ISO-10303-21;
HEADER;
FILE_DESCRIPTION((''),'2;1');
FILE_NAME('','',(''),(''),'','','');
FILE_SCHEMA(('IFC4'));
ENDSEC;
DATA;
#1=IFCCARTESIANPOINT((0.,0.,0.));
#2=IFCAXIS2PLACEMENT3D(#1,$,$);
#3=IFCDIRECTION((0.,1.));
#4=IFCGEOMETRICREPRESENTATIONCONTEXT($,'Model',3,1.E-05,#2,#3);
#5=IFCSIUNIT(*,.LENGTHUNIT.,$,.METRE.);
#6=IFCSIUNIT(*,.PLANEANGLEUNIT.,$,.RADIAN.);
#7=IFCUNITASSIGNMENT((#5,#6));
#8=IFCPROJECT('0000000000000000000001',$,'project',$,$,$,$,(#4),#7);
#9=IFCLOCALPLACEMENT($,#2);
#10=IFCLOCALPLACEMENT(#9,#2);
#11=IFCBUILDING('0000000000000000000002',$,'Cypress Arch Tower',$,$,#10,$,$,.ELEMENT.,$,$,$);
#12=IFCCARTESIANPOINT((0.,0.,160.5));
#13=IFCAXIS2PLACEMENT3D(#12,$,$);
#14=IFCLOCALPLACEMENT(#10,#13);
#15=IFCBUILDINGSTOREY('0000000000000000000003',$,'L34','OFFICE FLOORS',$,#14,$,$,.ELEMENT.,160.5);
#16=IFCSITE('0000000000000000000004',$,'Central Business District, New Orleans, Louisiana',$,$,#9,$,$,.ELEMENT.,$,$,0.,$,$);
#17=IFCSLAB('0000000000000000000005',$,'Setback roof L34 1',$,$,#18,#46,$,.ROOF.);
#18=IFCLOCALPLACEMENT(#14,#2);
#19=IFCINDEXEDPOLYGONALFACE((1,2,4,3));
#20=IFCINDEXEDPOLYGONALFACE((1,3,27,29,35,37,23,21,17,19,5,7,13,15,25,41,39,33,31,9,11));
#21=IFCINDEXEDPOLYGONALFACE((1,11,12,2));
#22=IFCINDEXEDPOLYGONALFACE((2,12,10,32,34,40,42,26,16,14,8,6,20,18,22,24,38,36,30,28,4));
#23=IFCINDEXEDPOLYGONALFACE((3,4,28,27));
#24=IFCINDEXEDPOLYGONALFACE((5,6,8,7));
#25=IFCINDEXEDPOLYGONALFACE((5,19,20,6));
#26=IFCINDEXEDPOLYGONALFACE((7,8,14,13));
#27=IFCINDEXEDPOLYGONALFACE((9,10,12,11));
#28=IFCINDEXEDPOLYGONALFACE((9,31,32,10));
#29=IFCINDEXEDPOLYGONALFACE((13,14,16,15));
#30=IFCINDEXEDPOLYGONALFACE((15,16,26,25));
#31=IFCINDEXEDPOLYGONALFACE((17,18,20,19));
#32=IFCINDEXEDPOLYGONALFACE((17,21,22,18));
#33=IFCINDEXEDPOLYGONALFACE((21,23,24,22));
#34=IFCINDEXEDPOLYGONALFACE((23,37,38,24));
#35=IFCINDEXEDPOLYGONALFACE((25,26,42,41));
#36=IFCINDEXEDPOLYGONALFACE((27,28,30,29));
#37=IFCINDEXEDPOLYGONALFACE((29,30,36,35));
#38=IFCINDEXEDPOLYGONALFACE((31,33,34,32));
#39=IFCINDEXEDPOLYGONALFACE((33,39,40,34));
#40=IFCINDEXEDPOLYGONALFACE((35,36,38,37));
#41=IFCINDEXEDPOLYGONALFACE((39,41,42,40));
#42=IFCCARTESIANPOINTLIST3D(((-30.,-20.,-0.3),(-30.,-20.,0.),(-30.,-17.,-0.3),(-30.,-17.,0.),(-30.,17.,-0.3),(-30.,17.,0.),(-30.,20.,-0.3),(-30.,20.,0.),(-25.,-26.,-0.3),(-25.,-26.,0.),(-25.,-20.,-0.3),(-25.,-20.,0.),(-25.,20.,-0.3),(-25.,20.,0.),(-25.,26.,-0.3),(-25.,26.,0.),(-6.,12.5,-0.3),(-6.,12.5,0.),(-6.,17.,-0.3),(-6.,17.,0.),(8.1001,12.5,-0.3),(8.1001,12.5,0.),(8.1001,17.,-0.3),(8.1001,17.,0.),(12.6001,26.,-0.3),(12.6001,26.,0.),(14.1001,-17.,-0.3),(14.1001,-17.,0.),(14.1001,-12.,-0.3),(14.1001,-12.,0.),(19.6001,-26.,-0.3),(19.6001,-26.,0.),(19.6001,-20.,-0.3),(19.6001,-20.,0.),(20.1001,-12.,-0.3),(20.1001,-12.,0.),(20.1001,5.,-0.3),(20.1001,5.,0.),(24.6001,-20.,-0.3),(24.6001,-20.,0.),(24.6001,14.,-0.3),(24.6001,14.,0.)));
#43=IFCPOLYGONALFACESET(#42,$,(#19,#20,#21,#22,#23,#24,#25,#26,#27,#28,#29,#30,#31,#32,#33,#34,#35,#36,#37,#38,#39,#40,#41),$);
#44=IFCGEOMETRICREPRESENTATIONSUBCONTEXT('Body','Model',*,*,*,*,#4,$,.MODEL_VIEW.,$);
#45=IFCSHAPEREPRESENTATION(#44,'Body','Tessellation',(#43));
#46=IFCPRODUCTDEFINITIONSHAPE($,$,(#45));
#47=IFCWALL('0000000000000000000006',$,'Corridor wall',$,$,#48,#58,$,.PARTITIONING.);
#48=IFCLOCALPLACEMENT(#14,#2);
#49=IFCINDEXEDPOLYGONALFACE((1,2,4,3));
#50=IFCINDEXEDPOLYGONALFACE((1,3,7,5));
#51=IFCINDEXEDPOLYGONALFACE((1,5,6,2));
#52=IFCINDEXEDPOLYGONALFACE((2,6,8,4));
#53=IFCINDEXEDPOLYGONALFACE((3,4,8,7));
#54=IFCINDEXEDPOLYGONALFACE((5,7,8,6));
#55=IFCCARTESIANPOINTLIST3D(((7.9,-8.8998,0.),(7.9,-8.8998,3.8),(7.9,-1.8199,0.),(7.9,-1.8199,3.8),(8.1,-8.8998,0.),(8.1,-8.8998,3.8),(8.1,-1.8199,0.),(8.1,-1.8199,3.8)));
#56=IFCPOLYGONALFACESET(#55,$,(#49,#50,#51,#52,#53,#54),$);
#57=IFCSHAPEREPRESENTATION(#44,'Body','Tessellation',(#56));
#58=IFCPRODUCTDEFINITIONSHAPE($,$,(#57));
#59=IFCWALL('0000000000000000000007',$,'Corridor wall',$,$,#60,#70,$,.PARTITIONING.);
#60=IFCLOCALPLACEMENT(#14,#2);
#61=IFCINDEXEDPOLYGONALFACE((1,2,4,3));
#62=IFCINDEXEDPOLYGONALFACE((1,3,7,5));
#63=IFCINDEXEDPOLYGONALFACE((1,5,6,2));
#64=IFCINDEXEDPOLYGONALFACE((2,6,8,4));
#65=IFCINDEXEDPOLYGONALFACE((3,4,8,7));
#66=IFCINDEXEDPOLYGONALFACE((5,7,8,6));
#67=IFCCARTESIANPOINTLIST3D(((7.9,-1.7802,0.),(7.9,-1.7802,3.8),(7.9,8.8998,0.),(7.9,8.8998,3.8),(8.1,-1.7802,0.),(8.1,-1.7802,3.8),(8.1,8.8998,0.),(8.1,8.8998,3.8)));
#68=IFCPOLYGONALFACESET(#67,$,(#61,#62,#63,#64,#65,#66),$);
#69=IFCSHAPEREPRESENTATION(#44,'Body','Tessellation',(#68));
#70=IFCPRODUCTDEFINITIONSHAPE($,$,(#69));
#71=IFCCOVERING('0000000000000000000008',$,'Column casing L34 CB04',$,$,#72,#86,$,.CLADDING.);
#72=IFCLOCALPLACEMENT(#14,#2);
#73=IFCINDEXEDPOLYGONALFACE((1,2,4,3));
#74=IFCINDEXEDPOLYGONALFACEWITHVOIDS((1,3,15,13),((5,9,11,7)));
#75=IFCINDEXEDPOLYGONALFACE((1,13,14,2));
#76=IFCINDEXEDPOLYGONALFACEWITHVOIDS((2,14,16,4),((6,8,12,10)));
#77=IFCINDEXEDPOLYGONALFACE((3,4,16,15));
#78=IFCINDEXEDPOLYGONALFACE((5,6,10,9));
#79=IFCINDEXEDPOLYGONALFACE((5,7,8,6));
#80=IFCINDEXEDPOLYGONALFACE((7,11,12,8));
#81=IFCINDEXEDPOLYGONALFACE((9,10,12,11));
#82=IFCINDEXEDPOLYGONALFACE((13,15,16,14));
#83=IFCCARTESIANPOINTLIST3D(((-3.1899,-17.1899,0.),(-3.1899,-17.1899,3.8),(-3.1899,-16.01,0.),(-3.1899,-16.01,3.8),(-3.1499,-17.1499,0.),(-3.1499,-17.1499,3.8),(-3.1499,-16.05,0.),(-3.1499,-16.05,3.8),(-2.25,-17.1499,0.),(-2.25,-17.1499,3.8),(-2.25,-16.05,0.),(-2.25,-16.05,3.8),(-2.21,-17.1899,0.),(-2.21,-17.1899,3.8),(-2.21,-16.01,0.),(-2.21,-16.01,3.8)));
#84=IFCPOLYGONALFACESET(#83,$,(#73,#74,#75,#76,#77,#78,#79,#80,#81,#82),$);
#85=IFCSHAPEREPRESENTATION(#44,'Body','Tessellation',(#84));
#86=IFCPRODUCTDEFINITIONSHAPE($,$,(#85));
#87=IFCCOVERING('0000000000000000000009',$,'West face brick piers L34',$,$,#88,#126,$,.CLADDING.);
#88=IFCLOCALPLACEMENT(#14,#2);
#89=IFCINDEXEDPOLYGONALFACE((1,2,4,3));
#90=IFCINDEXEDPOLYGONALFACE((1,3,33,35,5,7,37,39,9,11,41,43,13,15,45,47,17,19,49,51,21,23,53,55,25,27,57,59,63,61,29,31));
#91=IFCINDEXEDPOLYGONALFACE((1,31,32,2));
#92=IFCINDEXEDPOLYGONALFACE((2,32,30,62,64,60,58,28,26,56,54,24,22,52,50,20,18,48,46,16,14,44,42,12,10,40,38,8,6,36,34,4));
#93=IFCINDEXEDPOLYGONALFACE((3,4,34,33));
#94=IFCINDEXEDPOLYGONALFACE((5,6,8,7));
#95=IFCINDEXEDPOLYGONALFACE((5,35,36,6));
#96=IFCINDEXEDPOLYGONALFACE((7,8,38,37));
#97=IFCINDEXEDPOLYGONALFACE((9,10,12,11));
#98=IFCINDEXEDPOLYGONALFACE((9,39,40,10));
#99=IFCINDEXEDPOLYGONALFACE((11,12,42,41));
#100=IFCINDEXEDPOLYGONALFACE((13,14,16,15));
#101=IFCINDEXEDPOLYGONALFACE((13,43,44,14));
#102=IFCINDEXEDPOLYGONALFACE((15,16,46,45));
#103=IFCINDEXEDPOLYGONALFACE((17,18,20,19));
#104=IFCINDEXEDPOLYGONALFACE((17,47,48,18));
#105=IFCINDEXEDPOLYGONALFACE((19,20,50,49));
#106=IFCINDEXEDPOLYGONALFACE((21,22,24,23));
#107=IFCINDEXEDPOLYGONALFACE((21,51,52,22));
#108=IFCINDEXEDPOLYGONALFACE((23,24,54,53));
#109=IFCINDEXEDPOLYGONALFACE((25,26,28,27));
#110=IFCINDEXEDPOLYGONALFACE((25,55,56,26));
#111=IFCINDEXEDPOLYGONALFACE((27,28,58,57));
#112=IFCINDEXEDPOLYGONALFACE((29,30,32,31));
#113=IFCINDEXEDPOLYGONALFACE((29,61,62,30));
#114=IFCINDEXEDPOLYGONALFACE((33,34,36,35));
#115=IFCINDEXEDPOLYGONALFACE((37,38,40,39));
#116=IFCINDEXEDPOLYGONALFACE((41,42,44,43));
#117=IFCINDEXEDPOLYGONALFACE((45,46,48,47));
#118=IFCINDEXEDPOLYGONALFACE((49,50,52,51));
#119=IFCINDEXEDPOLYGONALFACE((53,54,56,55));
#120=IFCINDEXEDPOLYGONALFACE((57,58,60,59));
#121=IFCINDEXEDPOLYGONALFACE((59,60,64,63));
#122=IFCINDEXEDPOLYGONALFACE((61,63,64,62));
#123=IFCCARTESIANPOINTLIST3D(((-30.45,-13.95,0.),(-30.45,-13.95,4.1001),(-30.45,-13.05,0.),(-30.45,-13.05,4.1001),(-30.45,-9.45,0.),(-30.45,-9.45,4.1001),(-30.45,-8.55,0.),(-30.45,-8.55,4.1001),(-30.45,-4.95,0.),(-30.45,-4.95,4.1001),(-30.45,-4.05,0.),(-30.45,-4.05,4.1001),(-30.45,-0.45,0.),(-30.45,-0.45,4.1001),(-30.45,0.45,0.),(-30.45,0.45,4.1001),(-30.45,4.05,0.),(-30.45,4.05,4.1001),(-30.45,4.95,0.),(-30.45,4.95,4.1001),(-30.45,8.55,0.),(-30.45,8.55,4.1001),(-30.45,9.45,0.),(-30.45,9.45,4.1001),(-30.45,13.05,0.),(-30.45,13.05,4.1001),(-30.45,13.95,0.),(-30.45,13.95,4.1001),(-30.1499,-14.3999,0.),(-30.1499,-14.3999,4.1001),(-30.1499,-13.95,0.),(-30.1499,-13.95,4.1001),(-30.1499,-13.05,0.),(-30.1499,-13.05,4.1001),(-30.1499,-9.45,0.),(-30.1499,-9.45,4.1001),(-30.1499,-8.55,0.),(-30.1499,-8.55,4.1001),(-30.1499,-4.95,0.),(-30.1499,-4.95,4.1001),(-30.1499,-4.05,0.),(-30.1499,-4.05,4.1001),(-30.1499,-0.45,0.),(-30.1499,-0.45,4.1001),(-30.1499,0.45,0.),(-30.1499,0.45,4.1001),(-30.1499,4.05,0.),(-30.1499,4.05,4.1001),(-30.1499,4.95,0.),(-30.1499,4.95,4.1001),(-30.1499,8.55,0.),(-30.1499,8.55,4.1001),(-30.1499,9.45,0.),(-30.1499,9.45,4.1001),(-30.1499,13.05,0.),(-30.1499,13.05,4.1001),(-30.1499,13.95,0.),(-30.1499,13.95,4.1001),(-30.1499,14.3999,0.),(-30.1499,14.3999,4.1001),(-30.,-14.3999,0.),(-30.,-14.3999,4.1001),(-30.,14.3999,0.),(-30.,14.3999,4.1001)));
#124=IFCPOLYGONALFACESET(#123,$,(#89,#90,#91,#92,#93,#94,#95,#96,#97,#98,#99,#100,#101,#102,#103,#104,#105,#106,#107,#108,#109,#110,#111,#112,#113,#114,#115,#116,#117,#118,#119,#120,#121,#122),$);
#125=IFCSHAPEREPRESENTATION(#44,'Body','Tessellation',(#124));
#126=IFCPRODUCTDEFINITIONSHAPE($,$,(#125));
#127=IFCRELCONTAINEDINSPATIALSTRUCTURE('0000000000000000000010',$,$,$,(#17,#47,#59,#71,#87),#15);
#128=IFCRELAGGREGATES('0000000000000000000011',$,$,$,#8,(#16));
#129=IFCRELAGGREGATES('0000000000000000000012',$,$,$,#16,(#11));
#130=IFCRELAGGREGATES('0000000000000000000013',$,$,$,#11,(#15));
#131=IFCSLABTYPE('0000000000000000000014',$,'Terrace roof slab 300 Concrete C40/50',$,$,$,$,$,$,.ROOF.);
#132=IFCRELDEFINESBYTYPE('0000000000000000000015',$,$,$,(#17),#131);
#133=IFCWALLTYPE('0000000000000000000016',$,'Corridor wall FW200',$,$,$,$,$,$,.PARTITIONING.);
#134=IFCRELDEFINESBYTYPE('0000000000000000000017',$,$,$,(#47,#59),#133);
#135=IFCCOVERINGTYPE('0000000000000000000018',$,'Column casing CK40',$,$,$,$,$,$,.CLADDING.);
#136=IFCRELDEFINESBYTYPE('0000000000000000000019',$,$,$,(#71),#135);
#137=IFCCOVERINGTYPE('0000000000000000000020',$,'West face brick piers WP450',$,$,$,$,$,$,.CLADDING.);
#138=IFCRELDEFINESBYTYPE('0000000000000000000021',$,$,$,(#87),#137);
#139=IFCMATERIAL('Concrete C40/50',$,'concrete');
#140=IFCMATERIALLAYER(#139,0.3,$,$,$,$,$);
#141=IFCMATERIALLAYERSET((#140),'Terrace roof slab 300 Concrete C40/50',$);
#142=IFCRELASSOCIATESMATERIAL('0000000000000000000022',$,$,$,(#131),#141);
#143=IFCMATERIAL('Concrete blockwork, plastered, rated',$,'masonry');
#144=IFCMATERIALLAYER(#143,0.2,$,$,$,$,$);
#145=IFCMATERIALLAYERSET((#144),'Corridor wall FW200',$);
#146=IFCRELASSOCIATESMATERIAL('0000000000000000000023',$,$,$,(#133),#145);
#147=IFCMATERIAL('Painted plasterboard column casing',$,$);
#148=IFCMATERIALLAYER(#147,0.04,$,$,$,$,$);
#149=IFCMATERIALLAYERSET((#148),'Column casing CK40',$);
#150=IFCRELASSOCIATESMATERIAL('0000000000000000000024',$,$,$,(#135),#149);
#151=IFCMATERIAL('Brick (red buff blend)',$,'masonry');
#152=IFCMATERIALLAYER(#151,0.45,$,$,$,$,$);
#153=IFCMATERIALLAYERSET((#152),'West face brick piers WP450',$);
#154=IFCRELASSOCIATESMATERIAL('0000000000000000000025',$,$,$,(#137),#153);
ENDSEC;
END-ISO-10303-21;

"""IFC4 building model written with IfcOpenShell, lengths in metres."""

from ifc_helpers import new_model, si_unit, direction, frame, frame_2d, origin, place, context, subcontext, project, spatial, polyline, rectangle, outline, extrude, material, layer, layer_set, type_object, element, save


model = new_model("IFC4")

# Units and contexts
model_context = context("Model", 3, precision=1e-05, world=origin(), true_north=direction((0.0, 1.0)))
body_context = subcontext(model_context, "Body", "Model", "MODEL_VIEW")
ifc_project = project(units=[si_unit("LENGTHUNIT", "METRE"), si_unit("PLANEANGLEUNIT", "RADIAN")], contexts=[model_context])

# Site, building, storey
site_placement = place(None, origin())
site = spatial("IfcSite", under=ifc_project, at=site_placement, Name="Central Business District, New Orleans, Louisiana", CompositionType="ELEMENT", RefElevation=0.0)
building_placement = place(site_placement, origin())
building = spatial("IfcBuilding", under=site, at=building_placement, Name="Cypress Arch Tower", CompositionType="ELEMENT")
storey_placement = place(building_placement, frame((0.0, 0.0, 160.5)))
storey = spatial("IfcBuildingStorey", under=building, at=storey_placement, Name="L34", Description="OFFICE FLOORS", CompositionType="ELEMENT", Elevation=160.5)

# Slab
ifc_material_1 = material(Name="Concrete C40/50", Category="concrete")
ifc_layer_1 = layer(ifc_material_1, 0.3)
ifc_layer_set_1 = layer_set([ifc_layer_1], Name="Terrace roof slab 300 Concrete C40/50")
slab_type_1 = type_object("IfcSlabType", Name="Terrace roof slab 300 Concrete C40/50", PredefinedType="ROOF", material=ifc_layer_set_1)
slab_1_placement = place(storey_placement, frame((0.0, 0.0, -0.3)))
element("IfcSlab", 1, at=slab_1_placement, inside=storey, type_object=slab_type_1, Name="Setback roof L34 1", PredefinedType="ROOF", context=body_context, shape_type="SweptSolid", body=[
    extrude(outline(polyline([(-30.0, 20.0), (-25.0, 20.0), (-25.0, 26.0), (12.6001, 26.0), (24.6001, 14.0), (24.6001, -20.0), (19.6001, -20.0), (19.6001, -26.0), (-25.0, -26.0), (-25.0, -20.0), (-30.0, -20.0), (-30.0, -17.0), (14.1001, -17.0), (14.1001, -12.0), (20.1001, -12.0), (20.1001, 5.0), (8.1001, 17.0), (8.1001, 12.5), (-6.0, 12.5), (-6.0, 17.0), (-30.0, 17.0), (-30.0, 20.0)])), origin(), (0.0, 0.0, 1.0), 0.3),
])

# Walls
ifc_material_2 = material(Name="Concrete blockwork, plastered, rated", Category="masonry")
ifc_layer_2 = layer(ifc_material_2, 0.2)
ifc_layer_set_2 = layer_set([ifc_layer_2], Name="Corridor wall FW200")
wall_type = type_object("IfcWallType", Name="Corridor wall FW200", PredefinedType="PARTITIONING", material=ifc_layer_set_2)
wall_1_placement = place(storey_placement, frame((8.0, -8.8999, 0.0), z_axis=(0.0, 0.0, 1.0), x_axis=(0.0, 1.0, 0.0)))
element("IfcWall", 2, at=wall_1_placement, inside=storey, type_object=wall_type, Name="Corridor wall", PredefinedType="PARTITIONING", context=body_context, shape_type="SweptSolid", body=[
    extrude(rectangle(XDim=7.0798, YDim=0.2, at=frame_2d((3.54, 0.0))), origin(), (0.0, 0.0, 1.0), 3.8),
])
wall_2_placement = place(storey_placement, frame((8.0, -1.78, 0.0), z_axis=(0.0, 0.0, 1.0), x_axis=(0.0, 1.0, 0.0)))
element("IfcWall", 3, at=wall_2_placement, inside=storey, type_object=wall_type, Name="Corridor wall", PredefinedType="PARTITIONING", context=body_context, shape_type="SweptSolid", body=[
    extrude(rectangle(XDim=10.6799, YDim=0.2, at=frame_2d((5.3398, 0.0))), origin(), (0.0, 0.0, 1.0), 3.8),
])

# Coverings
ifc_material_3 = material(Name="Painted plasterboard column casing")
ifc_layer_3 = layer(ifc_material_3, 0.04)
ifc_layer_set_3 = layer_set([ifc_layer_3], Name="Column casing CK40")
covering_type_1 = type_object("IfcCoveringType", Name="Column casing CK40", PredefinedType="CLADDING", material=ifc_layer_set_3)
covering_1_placement = place(storey_placement, origin())
element("IfcCovering", 4, at=covering_1_placement, inside=storey, type_object=covering_type_1, Name="Column casing L34 CB04", PredefinedType="CLADDING", context=body_context, shape_type="SweptSolid", body=[
    extrude(outline(polyline([(-3.1899, -17.1899), (-3.1899, -16.01), (-2.21, -16.01), (-2.21, -17.1899), (-3.1899, -17.1899)]), holes=[polyline([(-3.1499, -17.1499), (-2.25, -17.1499), (-2.25, -16.05), (-3.1499, -16.05), (-3.1499, -17.1499)])]), origin(), (0.0, 0.0, 1.0), 3.8),
])
ifc_material_4 = material(Name="Brick (red buff blend)", Category="masonry")
ifc_layer_4 = layer(ifc_material_4, 0.45)
ifc_layer_set_4 = layer_set([ifc_layer_4], Name="West face brick piers WP450")
covering_type_2 = type_object("IfcCoveringType", Name="West face brick piers WP450", PredefinedType="CLADDING", material=ifc_layer_set_4)
covering_2_placement = place(storey_placement, origin())
element("IfcCovering", 5, at=covering_2_placement, inside=storey, type_object=covering_type_2, Name="West face brick piers L34", PredefinedType="CLADDING", context=body_context, shape_type="SweptSolid", body=[
    extrude(outline(polyline([(-30.1499, -13.05), (-30.1499, -9.45), (-30.45, -9.45), (-30.45, -8.55), (-30.1499, -8.55), (-30.1499, -4.95), (-30.45, -4.95), (-30.45, -4.05), (-30.1499, -4.05), (-30.1499, -0.45), (-30.45, -0.45), (-30.45, 0.45), (-30.1499, 0.45), (-30.1499, 4.05), (-30.45, 4.05), (-30.45, 4.95), (-30.1499, 4.95), (-30.1499, 8.55), (-30.45, 8.55), (-30.45, 9.45), (-30.1499, 9.45), (-30.1499, 13.05), (-30.45, 13.05), (-30.45, 13.95), (-30.1499, 13.95), (-30.1499, 14.3999), (-30.0, 14.3999), (-30.0, -14.3999), (-30.1499, -14.3999), (-30.1499, -13.95), (-30.45, -13.95), (-30.45, -13.05), (-30.1499, -13.05)])), origin(), (0.0, 0.0, 1.0), 4.1001),
])

save(model, "model.ifc")
